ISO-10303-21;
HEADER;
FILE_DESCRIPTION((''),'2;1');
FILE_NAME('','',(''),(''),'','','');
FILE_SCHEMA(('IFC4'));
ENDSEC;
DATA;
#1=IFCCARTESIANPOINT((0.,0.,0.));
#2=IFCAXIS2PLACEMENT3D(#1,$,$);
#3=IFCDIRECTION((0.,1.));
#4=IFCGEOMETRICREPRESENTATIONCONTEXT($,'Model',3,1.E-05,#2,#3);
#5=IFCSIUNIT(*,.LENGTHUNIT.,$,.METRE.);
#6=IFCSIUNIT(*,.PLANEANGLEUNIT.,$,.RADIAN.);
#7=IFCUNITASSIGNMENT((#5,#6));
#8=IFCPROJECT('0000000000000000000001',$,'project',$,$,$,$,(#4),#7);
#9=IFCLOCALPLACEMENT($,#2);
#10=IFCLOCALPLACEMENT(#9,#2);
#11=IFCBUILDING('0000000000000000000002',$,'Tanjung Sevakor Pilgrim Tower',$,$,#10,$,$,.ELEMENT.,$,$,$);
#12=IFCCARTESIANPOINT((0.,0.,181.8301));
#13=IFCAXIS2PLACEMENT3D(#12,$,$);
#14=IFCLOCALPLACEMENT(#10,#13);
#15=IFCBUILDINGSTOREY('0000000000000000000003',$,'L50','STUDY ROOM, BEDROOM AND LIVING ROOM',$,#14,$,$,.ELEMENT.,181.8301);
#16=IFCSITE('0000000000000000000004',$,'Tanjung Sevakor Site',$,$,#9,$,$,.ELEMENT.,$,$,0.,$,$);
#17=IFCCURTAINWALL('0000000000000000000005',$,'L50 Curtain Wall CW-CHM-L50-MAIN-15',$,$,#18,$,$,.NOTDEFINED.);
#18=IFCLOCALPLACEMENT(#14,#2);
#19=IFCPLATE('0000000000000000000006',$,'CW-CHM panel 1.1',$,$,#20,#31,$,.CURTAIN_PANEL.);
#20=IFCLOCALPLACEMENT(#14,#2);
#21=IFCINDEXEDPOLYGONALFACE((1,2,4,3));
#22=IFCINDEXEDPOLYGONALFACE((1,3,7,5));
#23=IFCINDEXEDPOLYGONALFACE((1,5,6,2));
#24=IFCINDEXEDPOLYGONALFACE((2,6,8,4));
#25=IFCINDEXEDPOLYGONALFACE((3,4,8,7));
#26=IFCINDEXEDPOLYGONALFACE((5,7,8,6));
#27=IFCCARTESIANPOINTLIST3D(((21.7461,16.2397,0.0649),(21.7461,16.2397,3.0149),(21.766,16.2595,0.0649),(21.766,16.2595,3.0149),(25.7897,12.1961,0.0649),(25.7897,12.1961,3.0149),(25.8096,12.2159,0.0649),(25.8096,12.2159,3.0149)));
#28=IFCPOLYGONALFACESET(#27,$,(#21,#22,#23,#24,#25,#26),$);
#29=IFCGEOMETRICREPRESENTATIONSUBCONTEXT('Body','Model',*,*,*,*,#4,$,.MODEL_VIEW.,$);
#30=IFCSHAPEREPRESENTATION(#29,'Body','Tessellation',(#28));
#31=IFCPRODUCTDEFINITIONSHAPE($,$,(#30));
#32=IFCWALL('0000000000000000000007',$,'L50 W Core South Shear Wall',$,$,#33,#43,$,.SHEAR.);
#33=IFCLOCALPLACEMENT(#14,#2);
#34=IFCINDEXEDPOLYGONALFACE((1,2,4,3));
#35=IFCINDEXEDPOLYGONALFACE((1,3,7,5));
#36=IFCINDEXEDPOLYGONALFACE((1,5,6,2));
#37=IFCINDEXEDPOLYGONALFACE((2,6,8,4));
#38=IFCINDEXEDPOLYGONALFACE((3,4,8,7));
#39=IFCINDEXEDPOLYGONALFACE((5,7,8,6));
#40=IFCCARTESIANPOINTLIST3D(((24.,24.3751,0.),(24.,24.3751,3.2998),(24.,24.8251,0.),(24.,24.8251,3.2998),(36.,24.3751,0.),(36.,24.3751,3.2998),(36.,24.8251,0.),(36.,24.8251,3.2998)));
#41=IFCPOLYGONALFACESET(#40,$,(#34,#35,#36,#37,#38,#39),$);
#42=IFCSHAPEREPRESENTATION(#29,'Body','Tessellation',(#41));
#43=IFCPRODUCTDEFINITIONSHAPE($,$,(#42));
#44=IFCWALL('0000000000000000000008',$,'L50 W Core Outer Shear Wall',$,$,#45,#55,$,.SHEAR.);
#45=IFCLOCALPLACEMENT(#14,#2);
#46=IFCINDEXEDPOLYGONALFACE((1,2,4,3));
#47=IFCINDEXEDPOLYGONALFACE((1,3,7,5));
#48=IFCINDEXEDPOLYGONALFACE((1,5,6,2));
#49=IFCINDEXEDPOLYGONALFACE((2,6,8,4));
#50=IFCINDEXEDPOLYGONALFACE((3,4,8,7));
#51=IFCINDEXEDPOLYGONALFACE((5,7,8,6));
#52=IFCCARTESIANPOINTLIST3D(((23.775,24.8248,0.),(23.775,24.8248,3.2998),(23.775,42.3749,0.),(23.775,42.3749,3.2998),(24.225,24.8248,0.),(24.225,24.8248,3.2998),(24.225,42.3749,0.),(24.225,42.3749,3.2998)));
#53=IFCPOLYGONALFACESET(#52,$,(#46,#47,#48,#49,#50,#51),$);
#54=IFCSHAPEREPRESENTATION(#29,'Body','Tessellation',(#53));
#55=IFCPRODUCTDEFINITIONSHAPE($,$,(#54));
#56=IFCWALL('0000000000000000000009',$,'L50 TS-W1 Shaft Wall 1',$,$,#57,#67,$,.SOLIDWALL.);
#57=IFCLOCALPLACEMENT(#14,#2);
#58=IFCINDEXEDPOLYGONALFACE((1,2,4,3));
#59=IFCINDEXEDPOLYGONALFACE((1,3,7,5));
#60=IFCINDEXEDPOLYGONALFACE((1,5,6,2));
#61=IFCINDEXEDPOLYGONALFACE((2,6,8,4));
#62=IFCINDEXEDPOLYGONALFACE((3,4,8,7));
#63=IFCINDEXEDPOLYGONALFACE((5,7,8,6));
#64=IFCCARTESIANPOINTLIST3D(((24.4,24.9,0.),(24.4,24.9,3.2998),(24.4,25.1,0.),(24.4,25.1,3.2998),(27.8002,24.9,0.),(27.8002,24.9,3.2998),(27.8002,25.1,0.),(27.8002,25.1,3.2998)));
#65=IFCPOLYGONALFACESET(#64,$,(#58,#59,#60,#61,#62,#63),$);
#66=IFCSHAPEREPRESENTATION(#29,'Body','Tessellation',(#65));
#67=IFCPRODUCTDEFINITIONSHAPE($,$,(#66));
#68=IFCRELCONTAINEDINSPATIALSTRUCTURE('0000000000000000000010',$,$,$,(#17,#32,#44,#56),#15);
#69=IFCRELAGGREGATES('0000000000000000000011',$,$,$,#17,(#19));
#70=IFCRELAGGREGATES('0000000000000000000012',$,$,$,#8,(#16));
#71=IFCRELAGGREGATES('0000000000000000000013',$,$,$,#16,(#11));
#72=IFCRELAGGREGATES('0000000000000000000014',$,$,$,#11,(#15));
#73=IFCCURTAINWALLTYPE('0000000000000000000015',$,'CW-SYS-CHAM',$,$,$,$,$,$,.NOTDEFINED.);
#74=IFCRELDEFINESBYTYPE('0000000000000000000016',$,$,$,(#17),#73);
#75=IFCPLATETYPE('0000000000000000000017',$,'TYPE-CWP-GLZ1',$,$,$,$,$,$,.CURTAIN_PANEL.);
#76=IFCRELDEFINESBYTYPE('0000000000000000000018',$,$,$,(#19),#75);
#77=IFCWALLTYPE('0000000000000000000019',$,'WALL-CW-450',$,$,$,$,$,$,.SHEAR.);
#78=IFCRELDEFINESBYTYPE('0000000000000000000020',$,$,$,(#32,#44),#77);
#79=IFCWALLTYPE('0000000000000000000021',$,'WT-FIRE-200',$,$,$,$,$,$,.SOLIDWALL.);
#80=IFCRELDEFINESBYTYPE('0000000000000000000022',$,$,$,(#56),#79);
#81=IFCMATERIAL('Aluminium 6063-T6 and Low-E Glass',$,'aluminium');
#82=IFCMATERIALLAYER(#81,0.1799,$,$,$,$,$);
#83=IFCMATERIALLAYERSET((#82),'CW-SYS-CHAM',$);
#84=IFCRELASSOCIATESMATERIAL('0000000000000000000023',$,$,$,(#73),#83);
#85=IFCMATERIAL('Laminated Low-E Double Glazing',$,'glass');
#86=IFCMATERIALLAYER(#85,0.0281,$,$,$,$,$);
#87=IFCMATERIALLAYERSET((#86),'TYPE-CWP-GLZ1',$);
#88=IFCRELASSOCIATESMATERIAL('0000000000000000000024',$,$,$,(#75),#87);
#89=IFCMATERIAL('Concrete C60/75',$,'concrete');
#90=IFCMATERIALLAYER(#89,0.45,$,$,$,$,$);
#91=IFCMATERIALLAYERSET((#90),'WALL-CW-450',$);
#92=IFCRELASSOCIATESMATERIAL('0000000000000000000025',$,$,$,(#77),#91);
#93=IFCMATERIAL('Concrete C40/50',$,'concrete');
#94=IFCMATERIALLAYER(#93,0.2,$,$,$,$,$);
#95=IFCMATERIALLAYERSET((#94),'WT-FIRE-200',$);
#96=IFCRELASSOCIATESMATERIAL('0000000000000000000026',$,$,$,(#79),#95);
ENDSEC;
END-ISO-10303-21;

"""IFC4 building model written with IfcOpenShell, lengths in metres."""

from ifc_helpers import new_model, si_unit, direction, frame, frame_2d, origin, origin_2d, place, context, subcontext, project, spatial, rectangle, extrude, material, layer, layer_set, type_object, element, aggregate, save


model = new_model("IFC4")

# Units and contexts
model_context = context("Model", 3, precision=1e-05, world=origin(), true_north=direction((0.0, 1.0)))
body_context = subcontext(model_context, "Body", "Model", "MODEL_VIEW")
ifc_project = project(units=[si_unit("LENGTHUNIT", "METRE"), si_unit("PLANEANGLEUNIT", "RADIAN")], contexts=[model_context])

# Site, building, storey
site_placement = place(None, origin())
site = spatial("IfcSite", under=ifc_project, at=site_placement, Name="Tanjung Sevakor Site", CompositionType="ELEMENT", RefElevation=0.0)
building_placement = place(site_placement, origin())
building = spatial("IfcBuilding", under=site, at=building_placement, Name="Tanjung Sevakor Pilgrim Tower", CompositionType="ELEMENT")
storey_placement = place(building_placement, frame((0.0, 0.0, 181.8301)))
storey = spatial("IfcBuildingStorey", under=building, at=storey_placement, Name="L50", Description="STUDY ROOM, BEDROOM AND LIVING ROOM", CompositionType="ELEMENT", Elevation=181.8301)

# Curtain wall
ifc_material_1 = material(Name="Aluminium 6063-T6 and Low-E Glass", Category="aluminium")
ifc_layer_1 = layer(ifc_material_1, 0.1799)
ifc_layer_set_1 = layer_set([ifc_layer_1], Name="CW-SYS-CHAM")
curtain_wall_type = type_object("IfcCurtainWallType", Name="CW-SYS-CHAM", PredefinedType="NOTDEFINED", material=ifc_layer_set_1)
curtain_wall_placement = place(storey_placement, origin())
curtain_wall = element("IfcCurtainWall", 1, at=curtain_wall_placement, inside=storey, type_object=curtain_wall_type, Name="L50 Curtain Wall CW-CHM-L50-MAIN-15", PredefinedType="NOTDEFINED")

# Plate
ifc_material_2 = material(Name="Laminated Low-E Double Glazing", Category="glass")
ifc_layer_2 = layer(ifc_material_2, 0.0281)
ifc_layer_set_2 = layer_set([ifc_layer_2], Name="TYPE-CWP-GLZ1")
plate_type = type_object("IfcPlateType", Name="TYPE-CWP-GLZ1", PredefinedType="CURTAIN_PANEL", material=ifc_layer_set_2)
plate_placement = place(storey_placement, frame((23.7778, 14.2278, 0.0649), z_axis=(0.0, 0.0, 1.0), x_axis=(0.707107, -0.707107, 0.0)))
plate = element("IfcPlate", 2, at=plate_placement, type_object=plate_type, Name="CW-CHM panel 1.1", PredefinedType="CURTAIN_PANEL", context=body_context, shape_type="SweptSolid", body=[
    extrude(rectangle(XDim=5.7185, YDim=0.0281, at=origin_2d()), origin(), (0.0, 0.0, 1.0), 2.95),
])
aggregate(curtain_wall, [plate])

# Walls
ifc_material_3 = material(Name="Concrete C60/75", Category="concrete")
ifc_layer_3 = layer(ifc_material_3, 0.45)
ifc_layer_set_3 = layer_set([ifc_layer_3], Name="WALL-CW-450")
wall_type_1 = type_object("IfcWallType", Name="WALL-CW-450", PredefinedType="SHEAR", material=ifc_layer_set_3)
wall_1_placement = place(storey_placement, frame((24.0, 24.6001, 0.0), z_axis=(0.0, 0.0, 1.0), x_axis=(1.0, 0.0, 0.0)))
element("IfcWall", 3, at=wall_1_placement, inside=storey, type_object=wall_type_1, Name="L50 W Core South Shear Wall", PredefinedType="SHEAR", context=body_context, shape_type="SweptSolid", body=[
    extrude(rectangle(XDim=12.0, YDim=0.45, at=frame_2d((6.0, 0.0))), origin(), (0.0, 0.0, 1.0), 3.2998),
])
wall_2_placement = place(storey_placement, frame((24.0, 24.825, 0.0), z_axis=(0.0, 0.0, 1.0), x_axis=(0.0, 1.0, 0.0)))
element("IfcWall", 4, at=wall_2_placement, inside=storey, type_object=wall_type_1, Name="L50 W Core Outer Shear Wall", PredefinedType="SHEAR", context=body_context, shape_type="SweptSolid", body=[
    extrude(rectangle(XDim=17.55, YDim=0.45, at=frame_2d((8.7749, 0.0))), origin(), (0.0, 0.0, 1.0), 3.2998),
])
ifc_material_4 = material(Name="Concrete C40/50", Category="concrete")
ifc_layer_4 = layer(ifc_material_4, 0.2)
ifc_layer_set_4 = layer_set([ifc_layer_4], Name="WT-FIRE-200")
wall_type_2 = type_object("IfcWallType", Name="WT-FIRE-200", PredefinedType="SOLIDWALL", material=ifc_layer_set_4)
wall_3_placement = place(storey_placement, frame((24.3999, 25.0, 0.0), z_axis=(0.0, 0.0, 1.0), x_axis=(1.0, 0.0, 0.0)))
element("IfcWall", 5, at=wall_3_placement, inside=storey, type_object=wall_type_2, Name="L50 TS-W1 Shaft Wall 1", PredefinedType="SOLIDWALL", context=body_context, shape_type="SweptSolid", body=[
    extrude(rectangle(XDim=3.4001, YDim=0.2, at=frame_2d((1.7002, 0.0))), origin(), (0.0, 0.0, 1.0), 3.2998),
])

save(model, "model.ifc")
